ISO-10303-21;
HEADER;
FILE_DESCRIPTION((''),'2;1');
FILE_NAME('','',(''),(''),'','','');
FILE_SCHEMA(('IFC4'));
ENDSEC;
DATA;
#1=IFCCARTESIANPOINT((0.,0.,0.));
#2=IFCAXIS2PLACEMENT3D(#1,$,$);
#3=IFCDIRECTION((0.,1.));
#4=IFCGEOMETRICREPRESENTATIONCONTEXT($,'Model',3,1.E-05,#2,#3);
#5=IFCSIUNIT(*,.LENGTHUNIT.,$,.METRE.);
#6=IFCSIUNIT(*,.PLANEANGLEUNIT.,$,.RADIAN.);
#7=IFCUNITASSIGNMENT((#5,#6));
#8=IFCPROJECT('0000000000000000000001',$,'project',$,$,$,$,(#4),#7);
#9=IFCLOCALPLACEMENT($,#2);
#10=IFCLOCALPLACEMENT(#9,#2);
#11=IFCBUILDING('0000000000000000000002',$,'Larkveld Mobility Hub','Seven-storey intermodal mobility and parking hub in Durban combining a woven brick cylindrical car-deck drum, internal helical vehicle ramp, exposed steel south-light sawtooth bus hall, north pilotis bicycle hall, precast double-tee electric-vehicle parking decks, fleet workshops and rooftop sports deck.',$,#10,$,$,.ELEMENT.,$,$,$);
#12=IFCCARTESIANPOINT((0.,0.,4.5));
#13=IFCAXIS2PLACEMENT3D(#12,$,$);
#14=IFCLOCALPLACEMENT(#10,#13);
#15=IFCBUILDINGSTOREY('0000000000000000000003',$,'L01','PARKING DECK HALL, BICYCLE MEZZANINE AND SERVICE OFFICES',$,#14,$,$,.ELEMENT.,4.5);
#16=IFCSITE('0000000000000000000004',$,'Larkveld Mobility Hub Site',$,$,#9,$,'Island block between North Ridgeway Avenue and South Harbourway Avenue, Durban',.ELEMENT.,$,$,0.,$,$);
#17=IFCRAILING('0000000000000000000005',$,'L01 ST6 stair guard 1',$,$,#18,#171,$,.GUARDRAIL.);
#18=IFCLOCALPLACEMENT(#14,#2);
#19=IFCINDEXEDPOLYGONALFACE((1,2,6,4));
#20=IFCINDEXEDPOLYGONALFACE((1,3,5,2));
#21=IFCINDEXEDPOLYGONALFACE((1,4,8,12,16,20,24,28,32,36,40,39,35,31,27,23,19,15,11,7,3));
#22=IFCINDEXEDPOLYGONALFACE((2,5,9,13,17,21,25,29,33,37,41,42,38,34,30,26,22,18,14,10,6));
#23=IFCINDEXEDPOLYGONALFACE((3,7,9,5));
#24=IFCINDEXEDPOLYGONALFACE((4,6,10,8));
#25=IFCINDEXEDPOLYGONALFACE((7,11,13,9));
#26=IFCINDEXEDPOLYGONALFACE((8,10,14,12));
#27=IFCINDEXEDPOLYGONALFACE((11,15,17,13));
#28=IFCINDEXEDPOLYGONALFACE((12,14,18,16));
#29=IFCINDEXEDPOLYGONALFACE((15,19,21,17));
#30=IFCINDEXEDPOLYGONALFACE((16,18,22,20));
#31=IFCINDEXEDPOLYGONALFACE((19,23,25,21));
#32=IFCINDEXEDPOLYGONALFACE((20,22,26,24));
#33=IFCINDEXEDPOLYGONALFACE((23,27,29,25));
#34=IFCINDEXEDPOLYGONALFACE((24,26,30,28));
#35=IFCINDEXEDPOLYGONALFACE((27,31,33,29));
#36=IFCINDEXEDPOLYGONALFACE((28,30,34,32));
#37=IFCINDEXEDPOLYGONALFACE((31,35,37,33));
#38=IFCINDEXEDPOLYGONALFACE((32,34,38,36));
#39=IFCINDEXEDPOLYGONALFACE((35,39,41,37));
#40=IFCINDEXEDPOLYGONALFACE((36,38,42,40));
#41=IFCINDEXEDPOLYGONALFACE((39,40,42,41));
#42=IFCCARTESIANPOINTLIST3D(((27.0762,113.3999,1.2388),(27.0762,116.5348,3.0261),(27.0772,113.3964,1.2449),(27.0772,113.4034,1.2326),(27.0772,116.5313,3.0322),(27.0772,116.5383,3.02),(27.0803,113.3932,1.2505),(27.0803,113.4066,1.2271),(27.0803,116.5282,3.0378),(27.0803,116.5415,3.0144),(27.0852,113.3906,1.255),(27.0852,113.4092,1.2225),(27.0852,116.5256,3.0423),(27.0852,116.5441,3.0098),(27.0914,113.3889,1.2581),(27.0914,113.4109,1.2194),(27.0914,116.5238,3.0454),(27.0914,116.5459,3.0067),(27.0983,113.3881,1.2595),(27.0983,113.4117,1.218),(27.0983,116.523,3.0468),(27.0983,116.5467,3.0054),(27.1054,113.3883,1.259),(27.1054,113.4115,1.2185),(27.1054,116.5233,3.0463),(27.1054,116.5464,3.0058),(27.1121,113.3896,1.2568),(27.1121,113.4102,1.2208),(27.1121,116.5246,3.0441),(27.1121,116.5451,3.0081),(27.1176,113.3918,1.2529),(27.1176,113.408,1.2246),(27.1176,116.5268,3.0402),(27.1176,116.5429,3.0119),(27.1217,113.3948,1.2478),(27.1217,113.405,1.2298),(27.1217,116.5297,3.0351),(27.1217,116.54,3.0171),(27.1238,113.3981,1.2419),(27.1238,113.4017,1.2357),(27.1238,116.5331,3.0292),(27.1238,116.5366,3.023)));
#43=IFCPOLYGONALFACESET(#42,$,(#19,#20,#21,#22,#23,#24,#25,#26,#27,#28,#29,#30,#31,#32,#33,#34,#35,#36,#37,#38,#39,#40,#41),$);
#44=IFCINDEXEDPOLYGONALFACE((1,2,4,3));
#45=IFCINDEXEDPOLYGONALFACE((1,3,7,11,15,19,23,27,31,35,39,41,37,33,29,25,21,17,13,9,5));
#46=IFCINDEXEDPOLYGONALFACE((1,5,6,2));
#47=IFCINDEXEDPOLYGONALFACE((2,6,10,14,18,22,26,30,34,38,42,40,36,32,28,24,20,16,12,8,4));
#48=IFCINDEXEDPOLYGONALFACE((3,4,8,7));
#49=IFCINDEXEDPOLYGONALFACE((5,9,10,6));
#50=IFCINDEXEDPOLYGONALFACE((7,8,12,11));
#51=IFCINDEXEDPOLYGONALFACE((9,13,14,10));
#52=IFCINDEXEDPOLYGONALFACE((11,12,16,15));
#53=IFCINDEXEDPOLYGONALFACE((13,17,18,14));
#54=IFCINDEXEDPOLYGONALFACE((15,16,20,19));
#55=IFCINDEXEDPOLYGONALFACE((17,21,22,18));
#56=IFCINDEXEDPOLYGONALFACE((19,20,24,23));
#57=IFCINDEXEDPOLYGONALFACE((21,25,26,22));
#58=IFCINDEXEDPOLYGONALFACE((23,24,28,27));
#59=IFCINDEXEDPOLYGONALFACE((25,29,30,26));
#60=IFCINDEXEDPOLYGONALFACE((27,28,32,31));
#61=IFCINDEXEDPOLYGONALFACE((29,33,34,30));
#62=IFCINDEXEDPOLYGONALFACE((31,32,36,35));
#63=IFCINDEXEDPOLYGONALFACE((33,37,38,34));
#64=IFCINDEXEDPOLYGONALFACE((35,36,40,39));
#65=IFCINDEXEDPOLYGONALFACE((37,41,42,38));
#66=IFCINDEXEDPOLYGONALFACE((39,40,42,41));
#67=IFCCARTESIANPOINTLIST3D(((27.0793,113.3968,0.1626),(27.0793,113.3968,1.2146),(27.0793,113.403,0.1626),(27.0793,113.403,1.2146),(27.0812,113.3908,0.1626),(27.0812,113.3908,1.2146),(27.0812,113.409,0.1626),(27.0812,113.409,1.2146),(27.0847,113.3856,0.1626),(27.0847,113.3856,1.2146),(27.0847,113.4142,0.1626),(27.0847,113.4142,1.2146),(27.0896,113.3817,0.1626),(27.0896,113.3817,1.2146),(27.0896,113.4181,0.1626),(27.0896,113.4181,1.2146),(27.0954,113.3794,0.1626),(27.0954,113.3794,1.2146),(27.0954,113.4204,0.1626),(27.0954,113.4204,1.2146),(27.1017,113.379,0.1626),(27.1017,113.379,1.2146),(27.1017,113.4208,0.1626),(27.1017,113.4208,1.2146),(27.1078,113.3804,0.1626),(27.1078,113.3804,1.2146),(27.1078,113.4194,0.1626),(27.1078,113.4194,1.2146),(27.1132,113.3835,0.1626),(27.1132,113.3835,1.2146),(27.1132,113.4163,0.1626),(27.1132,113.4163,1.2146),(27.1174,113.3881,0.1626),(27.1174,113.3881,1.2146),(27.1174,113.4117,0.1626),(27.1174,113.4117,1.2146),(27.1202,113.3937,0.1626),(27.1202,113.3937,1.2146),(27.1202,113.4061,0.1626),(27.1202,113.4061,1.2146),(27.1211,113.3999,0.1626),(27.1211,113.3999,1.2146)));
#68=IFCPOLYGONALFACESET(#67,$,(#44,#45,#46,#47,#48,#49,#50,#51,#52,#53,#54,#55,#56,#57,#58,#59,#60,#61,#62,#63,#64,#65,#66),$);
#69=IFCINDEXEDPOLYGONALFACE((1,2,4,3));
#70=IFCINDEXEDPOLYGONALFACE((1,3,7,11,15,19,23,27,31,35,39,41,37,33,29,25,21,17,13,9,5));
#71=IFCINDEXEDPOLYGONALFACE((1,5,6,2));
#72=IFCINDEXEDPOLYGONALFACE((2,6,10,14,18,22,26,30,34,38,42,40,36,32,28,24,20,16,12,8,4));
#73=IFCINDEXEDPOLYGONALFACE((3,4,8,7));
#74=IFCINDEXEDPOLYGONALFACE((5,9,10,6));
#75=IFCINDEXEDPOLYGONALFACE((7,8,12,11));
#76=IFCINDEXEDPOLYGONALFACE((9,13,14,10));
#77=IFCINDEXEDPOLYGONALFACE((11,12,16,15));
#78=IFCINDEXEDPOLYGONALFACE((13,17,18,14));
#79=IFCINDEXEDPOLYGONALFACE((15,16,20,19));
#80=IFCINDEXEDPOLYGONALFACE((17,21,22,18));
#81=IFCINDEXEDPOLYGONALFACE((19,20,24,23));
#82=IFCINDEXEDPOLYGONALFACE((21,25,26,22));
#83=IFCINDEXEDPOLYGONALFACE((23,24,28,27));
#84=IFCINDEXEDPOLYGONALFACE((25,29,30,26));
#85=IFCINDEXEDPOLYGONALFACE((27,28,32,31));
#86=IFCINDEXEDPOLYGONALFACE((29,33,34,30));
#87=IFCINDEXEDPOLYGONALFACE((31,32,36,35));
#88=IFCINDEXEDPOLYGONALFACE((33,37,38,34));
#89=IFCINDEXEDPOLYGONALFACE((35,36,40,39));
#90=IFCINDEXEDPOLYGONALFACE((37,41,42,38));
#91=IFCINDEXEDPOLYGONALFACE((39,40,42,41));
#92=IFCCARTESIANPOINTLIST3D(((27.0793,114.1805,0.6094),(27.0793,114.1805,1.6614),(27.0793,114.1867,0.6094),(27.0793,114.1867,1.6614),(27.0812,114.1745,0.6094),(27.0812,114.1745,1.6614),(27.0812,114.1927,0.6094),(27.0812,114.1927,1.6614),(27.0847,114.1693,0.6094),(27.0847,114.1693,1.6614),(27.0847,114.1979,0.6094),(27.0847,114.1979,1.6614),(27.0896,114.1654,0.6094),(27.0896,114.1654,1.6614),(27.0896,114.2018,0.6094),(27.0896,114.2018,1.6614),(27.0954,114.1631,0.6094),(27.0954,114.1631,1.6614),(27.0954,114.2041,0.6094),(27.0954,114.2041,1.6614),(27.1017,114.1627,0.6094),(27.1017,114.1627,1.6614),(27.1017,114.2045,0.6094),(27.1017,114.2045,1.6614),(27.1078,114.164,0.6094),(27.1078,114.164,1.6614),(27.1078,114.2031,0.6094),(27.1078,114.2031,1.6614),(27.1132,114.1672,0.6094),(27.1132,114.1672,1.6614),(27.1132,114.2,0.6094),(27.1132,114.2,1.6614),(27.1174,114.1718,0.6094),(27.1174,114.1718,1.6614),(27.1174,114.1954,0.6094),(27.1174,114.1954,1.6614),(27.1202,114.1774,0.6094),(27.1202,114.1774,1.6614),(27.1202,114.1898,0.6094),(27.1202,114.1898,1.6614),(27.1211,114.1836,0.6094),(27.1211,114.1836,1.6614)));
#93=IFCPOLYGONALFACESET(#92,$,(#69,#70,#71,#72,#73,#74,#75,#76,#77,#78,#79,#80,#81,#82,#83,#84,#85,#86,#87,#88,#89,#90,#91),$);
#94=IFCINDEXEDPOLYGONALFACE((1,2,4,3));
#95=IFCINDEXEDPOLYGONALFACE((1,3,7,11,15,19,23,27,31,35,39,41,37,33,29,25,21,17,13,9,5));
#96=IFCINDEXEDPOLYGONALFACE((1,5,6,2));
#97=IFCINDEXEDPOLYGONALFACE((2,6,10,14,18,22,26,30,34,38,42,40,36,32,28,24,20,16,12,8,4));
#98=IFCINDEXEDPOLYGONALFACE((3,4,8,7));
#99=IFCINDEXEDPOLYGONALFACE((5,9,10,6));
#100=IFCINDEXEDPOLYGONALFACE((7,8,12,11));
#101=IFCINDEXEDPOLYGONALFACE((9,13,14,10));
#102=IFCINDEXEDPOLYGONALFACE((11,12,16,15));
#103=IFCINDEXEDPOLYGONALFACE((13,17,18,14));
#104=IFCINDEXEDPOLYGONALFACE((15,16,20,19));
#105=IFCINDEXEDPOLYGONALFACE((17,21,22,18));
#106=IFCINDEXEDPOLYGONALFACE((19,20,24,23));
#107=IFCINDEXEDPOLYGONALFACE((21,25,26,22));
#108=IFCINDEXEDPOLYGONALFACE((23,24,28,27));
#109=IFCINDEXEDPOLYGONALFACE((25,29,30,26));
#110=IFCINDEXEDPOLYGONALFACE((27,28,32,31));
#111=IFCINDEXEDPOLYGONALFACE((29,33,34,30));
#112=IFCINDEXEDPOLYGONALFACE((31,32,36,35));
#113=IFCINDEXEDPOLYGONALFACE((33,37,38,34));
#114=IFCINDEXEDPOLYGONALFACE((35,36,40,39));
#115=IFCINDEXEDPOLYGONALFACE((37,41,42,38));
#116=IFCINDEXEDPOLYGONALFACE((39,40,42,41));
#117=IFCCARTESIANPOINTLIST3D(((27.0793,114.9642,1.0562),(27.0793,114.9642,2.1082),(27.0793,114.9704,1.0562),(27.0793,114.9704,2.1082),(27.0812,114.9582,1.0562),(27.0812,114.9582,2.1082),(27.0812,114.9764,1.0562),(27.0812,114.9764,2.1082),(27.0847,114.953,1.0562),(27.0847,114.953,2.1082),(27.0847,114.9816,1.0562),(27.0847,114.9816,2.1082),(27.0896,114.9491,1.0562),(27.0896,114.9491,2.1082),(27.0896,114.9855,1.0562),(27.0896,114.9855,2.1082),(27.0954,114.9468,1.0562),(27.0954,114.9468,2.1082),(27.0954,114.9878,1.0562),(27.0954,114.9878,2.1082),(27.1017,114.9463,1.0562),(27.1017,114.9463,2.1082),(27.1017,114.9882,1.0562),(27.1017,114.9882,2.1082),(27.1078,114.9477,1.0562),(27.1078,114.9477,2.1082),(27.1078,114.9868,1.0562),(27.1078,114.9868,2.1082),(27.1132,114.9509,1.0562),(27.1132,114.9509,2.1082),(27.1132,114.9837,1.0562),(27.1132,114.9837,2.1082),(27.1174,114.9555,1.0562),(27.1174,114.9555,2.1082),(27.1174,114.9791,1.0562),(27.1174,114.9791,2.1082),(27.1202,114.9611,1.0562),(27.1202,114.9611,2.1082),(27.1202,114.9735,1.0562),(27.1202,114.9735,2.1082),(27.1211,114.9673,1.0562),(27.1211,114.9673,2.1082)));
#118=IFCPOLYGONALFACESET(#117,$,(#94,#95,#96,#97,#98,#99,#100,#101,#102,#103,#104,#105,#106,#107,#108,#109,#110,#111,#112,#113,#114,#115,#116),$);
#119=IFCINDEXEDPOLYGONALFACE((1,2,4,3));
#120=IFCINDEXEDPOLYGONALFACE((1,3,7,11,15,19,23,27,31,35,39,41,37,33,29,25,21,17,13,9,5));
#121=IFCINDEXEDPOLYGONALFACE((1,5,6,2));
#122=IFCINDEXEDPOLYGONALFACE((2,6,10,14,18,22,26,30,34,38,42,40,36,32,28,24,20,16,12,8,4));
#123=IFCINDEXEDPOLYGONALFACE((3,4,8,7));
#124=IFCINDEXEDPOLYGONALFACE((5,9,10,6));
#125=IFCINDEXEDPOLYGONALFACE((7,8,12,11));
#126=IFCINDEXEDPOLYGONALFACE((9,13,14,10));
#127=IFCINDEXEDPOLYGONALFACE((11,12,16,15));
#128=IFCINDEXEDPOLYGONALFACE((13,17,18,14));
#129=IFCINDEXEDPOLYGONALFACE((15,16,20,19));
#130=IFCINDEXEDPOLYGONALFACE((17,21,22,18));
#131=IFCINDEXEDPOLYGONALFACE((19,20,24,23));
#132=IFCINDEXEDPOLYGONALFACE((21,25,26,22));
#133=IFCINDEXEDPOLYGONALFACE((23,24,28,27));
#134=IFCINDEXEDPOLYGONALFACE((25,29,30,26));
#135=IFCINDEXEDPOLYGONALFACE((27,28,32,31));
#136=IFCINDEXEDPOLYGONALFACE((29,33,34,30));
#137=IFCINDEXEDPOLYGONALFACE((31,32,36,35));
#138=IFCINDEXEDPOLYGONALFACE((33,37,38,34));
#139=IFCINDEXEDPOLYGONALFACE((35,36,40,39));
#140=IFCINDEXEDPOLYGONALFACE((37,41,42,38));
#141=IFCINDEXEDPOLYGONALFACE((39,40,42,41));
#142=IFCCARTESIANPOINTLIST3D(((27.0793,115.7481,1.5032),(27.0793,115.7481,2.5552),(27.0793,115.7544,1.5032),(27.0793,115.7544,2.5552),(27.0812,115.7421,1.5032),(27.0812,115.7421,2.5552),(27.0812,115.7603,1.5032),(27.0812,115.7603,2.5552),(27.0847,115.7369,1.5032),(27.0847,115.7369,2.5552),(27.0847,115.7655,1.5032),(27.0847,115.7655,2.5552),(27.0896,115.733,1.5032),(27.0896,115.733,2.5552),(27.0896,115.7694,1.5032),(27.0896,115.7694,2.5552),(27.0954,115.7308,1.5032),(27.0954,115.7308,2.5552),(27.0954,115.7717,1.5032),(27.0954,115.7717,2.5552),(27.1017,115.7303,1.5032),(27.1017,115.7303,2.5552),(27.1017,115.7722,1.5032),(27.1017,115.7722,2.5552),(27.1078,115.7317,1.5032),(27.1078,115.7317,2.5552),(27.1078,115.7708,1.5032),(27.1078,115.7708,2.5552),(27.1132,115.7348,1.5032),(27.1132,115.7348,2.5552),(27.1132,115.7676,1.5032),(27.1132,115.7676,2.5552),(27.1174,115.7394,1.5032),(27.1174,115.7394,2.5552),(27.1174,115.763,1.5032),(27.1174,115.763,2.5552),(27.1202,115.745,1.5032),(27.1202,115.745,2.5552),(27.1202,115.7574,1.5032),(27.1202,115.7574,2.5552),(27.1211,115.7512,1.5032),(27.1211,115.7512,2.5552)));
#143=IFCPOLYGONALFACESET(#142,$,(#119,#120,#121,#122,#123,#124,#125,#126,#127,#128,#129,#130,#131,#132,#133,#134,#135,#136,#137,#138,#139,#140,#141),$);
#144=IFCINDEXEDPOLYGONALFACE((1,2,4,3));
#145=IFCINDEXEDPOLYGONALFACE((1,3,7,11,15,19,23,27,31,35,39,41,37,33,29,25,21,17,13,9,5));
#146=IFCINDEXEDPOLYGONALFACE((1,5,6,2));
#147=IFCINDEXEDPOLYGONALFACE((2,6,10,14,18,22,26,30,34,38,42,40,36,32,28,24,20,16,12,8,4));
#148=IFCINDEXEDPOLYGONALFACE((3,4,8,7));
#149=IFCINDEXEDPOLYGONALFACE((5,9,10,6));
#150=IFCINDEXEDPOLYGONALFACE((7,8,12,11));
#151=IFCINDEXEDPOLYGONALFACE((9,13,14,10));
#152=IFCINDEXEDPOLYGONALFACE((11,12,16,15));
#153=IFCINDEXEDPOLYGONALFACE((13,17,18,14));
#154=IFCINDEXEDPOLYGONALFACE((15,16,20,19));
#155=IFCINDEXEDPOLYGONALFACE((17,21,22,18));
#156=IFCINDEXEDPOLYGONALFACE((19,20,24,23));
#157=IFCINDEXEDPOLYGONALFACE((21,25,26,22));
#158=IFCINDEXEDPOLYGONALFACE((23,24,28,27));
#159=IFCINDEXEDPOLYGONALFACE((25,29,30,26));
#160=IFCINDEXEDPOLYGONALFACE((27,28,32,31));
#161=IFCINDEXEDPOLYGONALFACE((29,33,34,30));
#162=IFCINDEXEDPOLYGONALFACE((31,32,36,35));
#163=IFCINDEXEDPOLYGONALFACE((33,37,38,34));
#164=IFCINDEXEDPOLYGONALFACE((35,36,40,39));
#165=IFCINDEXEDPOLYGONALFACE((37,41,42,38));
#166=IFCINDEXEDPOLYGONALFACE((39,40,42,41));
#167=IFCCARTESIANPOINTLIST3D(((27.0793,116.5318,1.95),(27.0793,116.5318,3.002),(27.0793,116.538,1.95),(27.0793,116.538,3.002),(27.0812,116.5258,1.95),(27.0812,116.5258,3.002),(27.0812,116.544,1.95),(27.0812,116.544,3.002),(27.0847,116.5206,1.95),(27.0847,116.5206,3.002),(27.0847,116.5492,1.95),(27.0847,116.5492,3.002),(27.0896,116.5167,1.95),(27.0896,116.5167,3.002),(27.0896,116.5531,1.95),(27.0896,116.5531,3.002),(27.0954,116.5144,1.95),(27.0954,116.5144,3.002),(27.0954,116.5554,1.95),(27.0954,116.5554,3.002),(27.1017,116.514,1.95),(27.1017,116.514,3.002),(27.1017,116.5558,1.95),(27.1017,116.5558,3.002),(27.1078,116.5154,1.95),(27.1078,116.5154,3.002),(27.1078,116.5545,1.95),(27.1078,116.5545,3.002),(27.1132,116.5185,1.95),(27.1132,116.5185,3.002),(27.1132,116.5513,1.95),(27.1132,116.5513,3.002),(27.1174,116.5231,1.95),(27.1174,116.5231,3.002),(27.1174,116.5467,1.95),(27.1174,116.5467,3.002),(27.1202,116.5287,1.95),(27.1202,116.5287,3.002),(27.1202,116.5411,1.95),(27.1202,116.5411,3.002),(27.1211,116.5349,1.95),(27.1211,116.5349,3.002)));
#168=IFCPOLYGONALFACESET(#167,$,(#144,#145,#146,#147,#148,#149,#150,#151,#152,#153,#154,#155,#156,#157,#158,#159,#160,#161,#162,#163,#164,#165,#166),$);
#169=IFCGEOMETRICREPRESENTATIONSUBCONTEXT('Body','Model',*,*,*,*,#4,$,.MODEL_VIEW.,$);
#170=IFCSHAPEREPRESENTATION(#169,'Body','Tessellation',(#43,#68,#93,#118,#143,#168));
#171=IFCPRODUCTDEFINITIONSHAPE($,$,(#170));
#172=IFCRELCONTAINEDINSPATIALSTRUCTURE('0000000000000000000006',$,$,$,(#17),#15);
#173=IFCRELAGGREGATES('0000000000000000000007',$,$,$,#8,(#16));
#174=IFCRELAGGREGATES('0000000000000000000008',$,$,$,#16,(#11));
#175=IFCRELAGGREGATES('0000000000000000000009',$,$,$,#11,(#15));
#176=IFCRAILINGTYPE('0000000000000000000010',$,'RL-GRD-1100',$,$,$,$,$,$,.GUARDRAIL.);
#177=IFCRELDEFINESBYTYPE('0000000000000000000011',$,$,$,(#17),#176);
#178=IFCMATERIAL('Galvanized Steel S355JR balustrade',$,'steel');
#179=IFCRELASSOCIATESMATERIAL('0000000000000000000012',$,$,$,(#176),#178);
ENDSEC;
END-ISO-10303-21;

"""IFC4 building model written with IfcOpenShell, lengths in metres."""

from ifc_helpers import new_model, si_unit, direction, frame, origin, origin_2d, place, context, subcontext, project, spatial, circle, extrude, material, type_object, element, save


model = new_model("IFC4")

# Units and contexts
model_context = context("Model", 3, precision=1e-05, world=origin(), true_north=direction((0.0, 1.0)))
body_context = subcontext(model_context, "Body", "Model", "MODEL_VIEW")
ifc_project = project(units=[si_unit("LENGTHUNIT", "METRE"), si_unit("PLANEANGLEUNIT", "RADIAN")], contexts=[model_context])

# Site, building, storey
site_placement = place(None, origin())
site = spatial("IfcSite", under=ifc_project, at=site_placement, Name="Larkveld Mobility Hub Site", LongName="Island block between North Ridgeway Avenue and South Harbourway Avenue, Durban", CompositionType="ELEMENT", RefElevation=0.0)
building_placement = place(site_placement, origin())
building = spatial("IfcBuilding", under=site, at=building_placement, Name="Larkveld Mobility Hub", Description="Seven-storey intermodal mobility and parking hub in Durban combining a woven brick cylindrical car-deck drum, internal helical vehicle ramp, exposed steel south-light sawtooth bus hall, north pilotis bicycle hall, precast double-tee electric-vehicle parking decks, fleet workshops and rooftop sports deck.", CompositionType="ELEMENT")
storey_placement = place(building_placement, frame((0.0, 0.0, 4.5)))
storey = spatial("IfcBuildingStorey", under=building, at=storey_placement, Name="L01", Description="PARKING DECK HALL, BICYCLE MEZZANINE AND SERVICE OFFICES", CompositionType="ELEMENT", Elevation=4.5)

# Railing
ifc_material_1 = material(Name="Galvanized Steel S355JR balustrade", Category="steel")
railing_type_1 = type_object("IfcRailingType", Name="RL-GRD-1100", PredefinedType="GUARDRAIL", material=ifc_material_1)
railing_1_placement = place(storey_placement, frame((27.1001, 113.3999, 0.1626)))
element("IfcRailing", 1, at=railing_1_placement, inside=storey, type_object=railing_type_1, Name="L01 ST6 stair guard 1", PredefinedType="GUARDRAIL", context=body_context, shape_type="SweptSolid", body=[
    extrude(circle(Radius=0.0239, at=origin_2d()), frame((0.0, 0.0, 1.0762), z_axis=(0.0, 0.86873, 0.495286), x_axis=(-1.0, 0.0, 0.0)), (0.0, 0.0, 1.0), 3.6086),
    extrude(circle(Radius=0.021, at=origin_2d()), origin(), (0.0, 0.0, 1.0), 1.052),
    extrude(circle(Radius=0.021, at=origin_2d()), frame((0.0, 0.7837, 0.4468)), (0.0, 0.0, 1.0), 1.052),
    extrude(circle(Radius=0.021, at=origin_2d()), frame((0.0, 1.5674, 0.8936)), (0.0, 0.0, 1.0), 1.052),
    extrude(circle(Radius=0.021, at=origin_2d()), frame((0.0, 2.3513, 1.3406)), (0.0, 0.0, 1.0), 1.052),
    extrude(circle(Radius=0.021, at=origin_2d()), frame((0.0, 3.135, 1.7874)), (0.0, 0.0, 1.0), 1.052),
])

save(model, "model.ifc")
